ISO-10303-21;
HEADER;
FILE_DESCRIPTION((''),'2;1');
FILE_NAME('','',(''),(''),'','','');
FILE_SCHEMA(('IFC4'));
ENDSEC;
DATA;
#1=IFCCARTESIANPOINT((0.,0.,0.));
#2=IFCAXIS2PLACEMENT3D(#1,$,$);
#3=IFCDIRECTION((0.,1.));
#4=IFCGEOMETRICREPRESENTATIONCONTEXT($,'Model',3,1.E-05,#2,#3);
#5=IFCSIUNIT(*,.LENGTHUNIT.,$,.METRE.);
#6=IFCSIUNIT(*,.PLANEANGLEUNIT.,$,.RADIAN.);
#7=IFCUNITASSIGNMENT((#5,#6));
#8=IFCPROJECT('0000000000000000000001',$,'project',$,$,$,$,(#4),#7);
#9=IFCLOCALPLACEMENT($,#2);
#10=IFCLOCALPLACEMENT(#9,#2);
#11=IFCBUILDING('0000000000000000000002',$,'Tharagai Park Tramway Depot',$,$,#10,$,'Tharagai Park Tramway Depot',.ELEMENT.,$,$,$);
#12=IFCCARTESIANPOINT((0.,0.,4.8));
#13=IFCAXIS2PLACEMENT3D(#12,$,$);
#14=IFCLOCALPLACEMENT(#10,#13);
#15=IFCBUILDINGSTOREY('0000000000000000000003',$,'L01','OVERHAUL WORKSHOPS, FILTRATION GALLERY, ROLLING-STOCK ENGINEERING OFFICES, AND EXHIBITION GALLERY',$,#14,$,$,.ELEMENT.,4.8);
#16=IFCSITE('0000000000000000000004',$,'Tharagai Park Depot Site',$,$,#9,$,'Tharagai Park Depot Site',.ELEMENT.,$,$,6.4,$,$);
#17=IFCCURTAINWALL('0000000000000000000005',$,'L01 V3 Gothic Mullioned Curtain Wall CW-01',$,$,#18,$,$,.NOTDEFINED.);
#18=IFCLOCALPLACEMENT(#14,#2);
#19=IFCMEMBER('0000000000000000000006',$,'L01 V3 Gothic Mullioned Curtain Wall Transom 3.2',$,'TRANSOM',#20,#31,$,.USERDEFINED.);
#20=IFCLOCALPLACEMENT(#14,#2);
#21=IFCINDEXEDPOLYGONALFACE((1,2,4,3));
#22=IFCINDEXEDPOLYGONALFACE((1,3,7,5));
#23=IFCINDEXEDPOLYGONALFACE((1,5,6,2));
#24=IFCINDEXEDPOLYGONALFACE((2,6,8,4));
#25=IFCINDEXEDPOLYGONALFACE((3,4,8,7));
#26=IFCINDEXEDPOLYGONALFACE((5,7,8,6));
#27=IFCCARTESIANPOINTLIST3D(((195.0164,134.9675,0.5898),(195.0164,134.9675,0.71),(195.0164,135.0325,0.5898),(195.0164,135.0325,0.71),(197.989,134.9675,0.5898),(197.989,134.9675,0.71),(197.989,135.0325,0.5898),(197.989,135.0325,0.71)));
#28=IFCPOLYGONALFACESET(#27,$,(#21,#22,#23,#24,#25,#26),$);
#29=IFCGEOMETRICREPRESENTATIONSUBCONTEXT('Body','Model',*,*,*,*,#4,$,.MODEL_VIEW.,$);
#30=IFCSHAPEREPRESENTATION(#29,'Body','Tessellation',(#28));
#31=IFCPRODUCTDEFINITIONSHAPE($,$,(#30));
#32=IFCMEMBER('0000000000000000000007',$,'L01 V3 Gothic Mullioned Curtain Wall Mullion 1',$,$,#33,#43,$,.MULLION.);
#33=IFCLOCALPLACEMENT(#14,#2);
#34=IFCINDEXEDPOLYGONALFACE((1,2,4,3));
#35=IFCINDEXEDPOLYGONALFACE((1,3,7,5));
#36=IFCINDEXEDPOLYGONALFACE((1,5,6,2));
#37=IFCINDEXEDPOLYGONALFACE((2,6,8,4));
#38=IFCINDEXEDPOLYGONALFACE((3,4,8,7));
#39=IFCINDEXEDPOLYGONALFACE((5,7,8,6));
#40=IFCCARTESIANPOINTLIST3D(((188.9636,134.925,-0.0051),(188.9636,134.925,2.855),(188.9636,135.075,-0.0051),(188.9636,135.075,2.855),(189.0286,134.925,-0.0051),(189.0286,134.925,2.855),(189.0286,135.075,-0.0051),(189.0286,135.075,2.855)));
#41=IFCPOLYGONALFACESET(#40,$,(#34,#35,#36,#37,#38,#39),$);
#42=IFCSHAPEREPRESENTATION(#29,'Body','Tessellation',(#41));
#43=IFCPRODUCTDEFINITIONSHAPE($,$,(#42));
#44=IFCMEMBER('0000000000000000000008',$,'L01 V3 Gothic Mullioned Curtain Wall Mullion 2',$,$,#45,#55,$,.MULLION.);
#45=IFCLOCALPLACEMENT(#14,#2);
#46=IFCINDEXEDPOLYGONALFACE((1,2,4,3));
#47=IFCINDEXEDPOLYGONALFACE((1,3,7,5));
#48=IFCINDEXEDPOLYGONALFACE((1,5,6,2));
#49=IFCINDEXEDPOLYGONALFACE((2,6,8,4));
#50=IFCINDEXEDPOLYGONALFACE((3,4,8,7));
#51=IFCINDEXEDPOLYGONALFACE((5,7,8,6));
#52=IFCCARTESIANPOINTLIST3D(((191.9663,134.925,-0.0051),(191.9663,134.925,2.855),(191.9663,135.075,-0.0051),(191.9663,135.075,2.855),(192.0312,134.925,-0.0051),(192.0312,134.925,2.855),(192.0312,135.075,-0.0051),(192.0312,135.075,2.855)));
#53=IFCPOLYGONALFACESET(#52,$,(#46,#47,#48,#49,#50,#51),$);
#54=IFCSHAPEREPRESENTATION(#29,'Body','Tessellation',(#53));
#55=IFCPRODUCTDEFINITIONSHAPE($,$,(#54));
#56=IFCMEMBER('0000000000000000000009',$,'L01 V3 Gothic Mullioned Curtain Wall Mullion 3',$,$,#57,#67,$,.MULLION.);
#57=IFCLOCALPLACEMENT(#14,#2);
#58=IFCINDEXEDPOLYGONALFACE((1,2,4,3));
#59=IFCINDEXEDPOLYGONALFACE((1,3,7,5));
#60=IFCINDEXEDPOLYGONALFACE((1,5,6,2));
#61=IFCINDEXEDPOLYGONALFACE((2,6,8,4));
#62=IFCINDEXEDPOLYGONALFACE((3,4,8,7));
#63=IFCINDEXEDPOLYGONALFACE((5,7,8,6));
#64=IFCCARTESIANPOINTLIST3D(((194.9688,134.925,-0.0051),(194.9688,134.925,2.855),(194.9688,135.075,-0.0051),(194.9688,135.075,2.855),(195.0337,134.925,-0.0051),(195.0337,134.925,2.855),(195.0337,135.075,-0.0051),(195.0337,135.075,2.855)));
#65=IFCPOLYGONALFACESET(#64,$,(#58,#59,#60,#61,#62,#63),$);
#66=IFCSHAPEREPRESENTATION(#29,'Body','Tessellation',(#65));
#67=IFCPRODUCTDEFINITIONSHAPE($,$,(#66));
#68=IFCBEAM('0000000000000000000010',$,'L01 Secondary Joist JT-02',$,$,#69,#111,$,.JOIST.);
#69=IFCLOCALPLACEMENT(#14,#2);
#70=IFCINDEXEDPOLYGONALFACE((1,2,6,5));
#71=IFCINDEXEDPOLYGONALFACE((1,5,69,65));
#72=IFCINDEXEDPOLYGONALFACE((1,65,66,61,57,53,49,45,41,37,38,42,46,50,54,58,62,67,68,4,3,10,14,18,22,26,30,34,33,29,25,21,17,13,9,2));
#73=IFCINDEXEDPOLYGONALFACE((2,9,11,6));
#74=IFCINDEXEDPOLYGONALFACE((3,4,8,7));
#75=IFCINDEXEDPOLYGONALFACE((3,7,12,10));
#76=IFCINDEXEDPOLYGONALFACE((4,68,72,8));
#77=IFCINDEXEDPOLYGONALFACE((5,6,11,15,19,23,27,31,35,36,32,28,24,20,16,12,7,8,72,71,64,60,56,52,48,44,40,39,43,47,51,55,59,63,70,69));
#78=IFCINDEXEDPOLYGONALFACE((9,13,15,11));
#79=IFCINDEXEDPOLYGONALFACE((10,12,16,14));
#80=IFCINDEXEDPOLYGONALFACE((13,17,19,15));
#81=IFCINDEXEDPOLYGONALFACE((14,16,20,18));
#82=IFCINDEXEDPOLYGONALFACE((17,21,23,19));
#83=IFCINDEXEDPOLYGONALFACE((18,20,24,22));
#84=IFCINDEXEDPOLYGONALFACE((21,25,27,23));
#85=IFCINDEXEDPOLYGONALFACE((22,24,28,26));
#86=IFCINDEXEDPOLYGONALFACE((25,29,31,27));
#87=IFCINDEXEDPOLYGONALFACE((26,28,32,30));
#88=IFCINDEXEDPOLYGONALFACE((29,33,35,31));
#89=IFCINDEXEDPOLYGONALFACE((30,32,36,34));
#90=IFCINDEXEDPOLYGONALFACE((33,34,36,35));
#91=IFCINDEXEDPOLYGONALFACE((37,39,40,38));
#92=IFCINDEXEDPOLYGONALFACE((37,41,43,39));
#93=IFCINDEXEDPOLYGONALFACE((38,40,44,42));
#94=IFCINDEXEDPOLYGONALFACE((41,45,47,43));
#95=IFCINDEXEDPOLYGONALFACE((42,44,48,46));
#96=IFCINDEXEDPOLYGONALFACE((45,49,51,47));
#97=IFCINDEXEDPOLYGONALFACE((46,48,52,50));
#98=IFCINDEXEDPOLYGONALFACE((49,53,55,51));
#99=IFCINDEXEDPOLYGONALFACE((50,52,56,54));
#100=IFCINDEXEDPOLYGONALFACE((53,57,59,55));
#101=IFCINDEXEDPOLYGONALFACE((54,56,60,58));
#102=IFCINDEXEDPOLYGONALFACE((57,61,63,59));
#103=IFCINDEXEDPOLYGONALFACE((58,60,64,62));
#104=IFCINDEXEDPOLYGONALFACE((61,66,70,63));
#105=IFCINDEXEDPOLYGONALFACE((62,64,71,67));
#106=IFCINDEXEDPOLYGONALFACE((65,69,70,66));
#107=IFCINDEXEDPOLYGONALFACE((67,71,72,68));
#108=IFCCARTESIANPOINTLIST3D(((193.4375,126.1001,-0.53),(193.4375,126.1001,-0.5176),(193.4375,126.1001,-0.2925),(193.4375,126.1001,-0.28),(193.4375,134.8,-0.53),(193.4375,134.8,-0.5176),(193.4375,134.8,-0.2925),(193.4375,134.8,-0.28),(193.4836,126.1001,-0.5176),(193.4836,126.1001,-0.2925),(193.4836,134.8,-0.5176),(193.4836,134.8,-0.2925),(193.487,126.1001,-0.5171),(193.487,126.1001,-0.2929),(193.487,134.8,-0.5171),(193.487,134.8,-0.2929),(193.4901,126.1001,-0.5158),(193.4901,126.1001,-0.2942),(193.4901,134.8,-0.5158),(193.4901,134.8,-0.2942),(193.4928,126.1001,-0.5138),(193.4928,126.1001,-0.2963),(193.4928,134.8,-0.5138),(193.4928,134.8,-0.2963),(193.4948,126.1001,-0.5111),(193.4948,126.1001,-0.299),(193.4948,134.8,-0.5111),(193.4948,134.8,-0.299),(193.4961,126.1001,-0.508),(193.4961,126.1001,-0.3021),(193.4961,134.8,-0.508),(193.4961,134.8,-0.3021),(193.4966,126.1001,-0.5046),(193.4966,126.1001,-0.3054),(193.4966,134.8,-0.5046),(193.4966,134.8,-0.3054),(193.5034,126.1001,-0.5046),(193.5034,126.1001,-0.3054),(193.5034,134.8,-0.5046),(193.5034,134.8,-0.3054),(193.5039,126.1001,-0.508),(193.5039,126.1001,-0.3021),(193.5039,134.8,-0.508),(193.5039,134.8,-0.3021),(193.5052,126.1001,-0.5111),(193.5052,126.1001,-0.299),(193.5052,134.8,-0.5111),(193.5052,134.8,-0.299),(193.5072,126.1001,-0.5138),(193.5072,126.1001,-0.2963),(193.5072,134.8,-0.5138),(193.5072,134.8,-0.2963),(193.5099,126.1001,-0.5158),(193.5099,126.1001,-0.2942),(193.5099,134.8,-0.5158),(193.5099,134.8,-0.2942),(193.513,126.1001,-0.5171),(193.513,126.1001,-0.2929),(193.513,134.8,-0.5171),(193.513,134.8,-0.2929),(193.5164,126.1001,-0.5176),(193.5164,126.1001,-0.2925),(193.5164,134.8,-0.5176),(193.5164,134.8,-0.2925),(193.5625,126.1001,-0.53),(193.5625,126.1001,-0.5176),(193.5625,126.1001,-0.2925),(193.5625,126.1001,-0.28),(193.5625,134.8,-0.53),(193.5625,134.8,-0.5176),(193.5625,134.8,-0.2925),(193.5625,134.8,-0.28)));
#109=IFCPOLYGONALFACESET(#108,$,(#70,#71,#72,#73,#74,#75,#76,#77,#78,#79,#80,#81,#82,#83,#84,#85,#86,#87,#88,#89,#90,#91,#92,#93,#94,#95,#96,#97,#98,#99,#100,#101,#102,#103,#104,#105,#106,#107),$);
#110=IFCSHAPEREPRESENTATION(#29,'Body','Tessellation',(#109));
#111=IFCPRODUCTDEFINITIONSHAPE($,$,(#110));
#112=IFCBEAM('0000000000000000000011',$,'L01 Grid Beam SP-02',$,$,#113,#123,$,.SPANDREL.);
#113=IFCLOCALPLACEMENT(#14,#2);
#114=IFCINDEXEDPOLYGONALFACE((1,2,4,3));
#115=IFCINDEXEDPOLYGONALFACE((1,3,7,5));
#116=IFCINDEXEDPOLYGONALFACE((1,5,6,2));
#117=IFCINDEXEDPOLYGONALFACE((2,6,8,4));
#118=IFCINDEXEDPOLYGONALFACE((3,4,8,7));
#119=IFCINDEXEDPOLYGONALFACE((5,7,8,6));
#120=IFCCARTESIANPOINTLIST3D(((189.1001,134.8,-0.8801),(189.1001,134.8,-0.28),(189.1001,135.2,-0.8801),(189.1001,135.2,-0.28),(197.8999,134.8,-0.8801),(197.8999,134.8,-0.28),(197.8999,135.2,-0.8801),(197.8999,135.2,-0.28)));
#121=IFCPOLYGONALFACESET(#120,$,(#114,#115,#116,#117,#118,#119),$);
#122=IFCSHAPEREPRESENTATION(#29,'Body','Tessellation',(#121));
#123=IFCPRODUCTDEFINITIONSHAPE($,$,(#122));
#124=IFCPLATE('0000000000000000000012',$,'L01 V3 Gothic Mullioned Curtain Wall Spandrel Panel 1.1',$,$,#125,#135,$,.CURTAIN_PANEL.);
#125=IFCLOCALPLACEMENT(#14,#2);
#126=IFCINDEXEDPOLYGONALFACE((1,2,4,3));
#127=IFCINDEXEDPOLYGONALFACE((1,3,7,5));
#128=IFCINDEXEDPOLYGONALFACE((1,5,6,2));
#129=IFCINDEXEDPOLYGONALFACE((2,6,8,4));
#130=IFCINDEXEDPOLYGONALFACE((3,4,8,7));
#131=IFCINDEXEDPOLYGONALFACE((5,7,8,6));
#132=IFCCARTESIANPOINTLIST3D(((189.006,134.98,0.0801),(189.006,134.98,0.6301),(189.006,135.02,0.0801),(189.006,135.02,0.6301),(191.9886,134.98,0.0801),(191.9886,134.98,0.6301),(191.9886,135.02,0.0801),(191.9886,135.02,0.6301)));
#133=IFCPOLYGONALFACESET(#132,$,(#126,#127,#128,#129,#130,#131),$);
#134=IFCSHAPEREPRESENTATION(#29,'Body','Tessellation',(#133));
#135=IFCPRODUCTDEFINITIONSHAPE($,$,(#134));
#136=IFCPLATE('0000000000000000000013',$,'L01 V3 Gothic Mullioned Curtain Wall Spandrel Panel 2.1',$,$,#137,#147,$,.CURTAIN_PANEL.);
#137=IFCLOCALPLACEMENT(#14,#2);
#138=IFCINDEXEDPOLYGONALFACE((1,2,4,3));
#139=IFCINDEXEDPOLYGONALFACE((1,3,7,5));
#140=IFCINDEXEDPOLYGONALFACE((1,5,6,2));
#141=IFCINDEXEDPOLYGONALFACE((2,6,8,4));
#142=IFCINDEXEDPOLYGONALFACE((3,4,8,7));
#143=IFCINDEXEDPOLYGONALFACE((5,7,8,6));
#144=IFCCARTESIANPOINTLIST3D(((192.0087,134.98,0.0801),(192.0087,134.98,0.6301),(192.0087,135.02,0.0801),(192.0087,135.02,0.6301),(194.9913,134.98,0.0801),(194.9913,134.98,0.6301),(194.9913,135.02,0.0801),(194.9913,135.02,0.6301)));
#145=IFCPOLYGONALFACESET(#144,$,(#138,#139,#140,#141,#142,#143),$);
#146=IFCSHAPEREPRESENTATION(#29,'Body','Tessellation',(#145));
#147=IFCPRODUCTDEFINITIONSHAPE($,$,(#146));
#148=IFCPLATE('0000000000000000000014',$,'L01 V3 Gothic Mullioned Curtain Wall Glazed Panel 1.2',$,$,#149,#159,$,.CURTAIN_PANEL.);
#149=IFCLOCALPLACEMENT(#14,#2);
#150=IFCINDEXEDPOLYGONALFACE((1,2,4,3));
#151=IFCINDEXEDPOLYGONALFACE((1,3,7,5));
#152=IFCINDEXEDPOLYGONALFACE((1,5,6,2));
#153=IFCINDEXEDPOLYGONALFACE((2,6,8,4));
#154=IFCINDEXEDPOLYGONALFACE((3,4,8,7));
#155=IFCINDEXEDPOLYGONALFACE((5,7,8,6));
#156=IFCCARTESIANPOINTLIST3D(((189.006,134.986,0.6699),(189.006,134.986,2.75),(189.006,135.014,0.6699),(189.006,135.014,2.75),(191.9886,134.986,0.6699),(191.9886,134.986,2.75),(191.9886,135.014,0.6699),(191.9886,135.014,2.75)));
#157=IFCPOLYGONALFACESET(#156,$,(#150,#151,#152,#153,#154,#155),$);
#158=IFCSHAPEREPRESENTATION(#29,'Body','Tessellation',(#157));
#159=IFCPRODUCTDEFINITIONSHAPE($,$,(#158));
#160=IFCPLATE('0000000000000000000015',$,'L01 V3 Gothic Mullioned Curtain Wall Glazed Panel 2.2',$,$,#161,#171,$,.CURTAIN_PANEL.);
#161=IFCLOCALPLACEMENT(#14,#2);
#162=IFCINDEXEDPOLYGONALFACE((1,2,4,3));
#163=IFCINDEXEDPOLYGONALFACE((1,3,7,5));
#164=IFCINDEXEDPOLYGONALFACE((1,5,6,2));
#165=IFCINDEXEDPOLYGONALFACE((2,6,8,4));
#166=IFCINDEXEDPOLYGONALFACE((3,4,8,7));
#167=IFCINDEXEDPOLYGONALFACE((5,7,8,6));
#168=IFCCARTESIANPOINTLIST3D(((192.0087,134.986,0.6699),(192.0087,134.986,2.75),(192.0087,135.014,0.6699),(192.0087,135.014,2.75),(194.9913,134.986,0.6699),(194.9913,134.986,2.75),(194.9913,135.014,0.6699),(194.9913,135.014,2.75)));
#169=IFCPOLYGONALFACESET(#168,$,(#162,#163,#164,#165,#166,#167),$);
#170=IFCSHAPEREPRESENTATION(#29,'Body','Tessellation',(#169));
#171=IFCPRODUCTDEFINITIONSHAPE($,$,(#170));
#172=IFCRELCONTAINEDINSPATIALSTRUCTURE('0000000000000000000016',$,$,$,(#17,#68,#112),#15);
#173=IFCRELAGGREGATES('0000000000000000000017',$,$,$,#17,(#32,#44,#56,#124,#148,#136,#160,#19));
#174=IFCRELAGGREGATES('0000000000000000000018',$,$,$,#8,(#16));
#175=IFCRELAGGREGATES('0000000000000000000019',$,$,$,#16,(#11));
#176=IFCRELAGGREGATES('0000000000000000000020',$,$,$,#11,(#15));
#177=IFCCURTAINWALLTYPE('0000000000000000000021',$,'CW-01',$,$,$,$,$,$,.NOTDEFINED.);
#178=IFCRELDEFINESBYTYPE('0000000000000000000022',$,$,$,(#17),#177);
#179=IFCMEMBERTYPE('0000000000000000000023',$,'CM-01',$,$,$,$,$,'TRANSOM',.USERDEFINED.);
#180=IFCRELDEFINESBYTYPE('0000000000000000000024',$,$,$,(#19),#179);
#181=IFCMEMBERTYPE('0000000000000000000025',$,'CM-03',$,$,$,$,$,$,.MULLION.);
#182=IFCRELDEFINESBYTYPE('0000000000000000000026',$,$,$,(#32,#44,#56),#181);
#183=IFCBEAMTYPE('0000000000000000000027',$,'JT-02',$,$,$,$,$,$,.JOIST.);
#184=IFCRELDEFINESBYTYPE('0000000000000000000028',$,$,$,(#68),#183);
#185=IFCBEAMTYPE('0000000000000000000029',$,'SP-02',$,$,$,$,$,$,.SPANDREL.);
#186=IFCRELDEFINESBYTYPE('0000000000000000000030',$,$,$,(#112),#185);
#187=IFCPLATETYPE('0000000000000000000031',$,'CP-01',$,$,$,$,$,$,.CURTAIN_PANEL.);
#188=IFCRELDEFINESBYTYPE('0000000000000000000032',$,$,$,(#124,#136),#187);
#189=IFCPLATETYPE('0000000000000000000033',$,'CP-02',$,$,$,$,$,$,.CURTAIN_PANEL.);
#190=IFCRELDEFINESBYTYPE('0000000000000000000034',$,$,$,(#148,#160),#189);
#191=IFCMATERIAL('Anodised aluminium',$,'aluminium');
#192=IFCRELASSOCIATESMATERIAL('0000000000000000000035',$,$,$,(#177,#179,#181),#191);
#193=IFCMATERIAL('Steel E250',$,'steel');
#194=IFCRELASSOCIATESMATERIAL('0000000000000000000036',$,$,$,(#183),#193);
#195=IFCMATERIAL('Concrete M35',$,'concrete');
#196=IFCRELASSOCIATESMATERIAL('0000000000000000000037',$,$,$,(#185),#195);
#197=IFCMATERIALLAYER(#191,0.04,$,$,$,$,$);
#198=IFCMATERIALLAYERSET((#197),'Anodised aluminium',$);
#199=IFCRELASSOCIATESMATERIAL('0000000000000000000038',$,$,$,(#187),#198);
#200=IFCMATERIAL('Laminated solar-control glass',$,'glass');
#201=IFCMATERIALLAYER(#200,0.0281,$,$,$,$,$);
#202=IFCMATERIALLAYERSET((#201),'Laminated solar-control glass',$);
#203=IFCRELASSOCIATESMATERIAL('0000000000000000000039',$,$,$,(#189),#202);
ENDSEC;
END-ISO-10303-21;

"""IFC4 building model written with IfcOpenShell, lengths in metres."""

from ifc_helpers import new_model, si_unit, direction, frame, origin, origin_2d, place, context, subcontext, project, spatial, rectangle, i_section, extrude, material, layer, layer_set, material_profile, profile_set, type_object, element, aggregate, save


model = new_model("IFC4")

# Units and contexts
model_context = context("Model", 3, precision=1e-05, world=origin(), true_north=direction((0.0, 1.0)))
body_context = subcontext(model_context, "Body", "Model", "MODEL_VIEW")
ifc_project = project(units=[si_unit("LENGTHUNIT", "METRE"), si_unit("PLANEANGLEUNIT", "RADIAN")], contexts=[model_context])

# Site, building, storey
site_placement = place(None, origin())
site = spatial("IfcSite", under=ifc_project, at=site_placement, Name="Tharagai Park Depot Site", LongName="Tharagai Park Depot Site", CompositionType="ELEMENT", RefElevation=6.4)
building_placement = place(site_placement, origin())
building = spatial("IfcBuilding", under=site, at=building_placement, Name="Tharagai Park Tramway Depot", LongName="Tharagai Park Tramway Depot", CompositionType="ELEMENT")
storey_placement = place(building_placement, frame((0.0, 0.0, 4.8)))
storey = spatial("IfcBuildingStorey", under=building, at=storey_placement, Name="L01", Description="OVERHAUL WORKSHOPS, FILTRATION GALLERY, ROLLING-STOCK ENGINEERING OFFICES, AND EXHIBITION GALLERY", CompositionType="ELEMENT", Elevation=4.8)

# Curtain wall, members
ifc_material_1 = material(Name="Anodised aluminium", Category="aluminium")
curtain_wall_type = type_object("IfcCurtainWallType", Name="CW-01", PredefinedType="NOTDEFINED", material=ifc_material_1)
curtain_wall_placement = place(storey_placement, origin())
curtain_wall = element("IfcCurtainWall", 1, at=curtain_wall_placement, inside=storey, type_object=curtain_wall_type, Name="L01 V3 Gothic Mullioned Curtain Wall CW-01", PredefinedType="NOTDEFINED")
ifc_material_profile_1 = material_profile(ifc_material_1, rectangle(XDim=0.0649, YDim=0.1201, at=origin_2d()), Name="ALU 65x120")
ifc_profile_set_1 = profile_set([ifc_material_profile_1], Name="Anodised aluminium")
member_type_1 = type_object("IfcMemberType", Name="CM-01", ElementType="TRANSOM", PredefinedType="USERDEFINED", material=ifc_profile_set_1)
member_1_placement = place(storey_placement, frame((195.0164, 135.0, 0.6499), z_axis=(1.0, 0.0, 0.0), x_axis=(0.0, 1.0, 0.0)))
member_1 = element("IfcMember", 2, at=member_1_placement, type_object=member_type_1, Name="L01 V3 Gothic Mullioned Curtain Wall Transom 3.2", ObjectType="TRANSOM", PredefinedType="USERDEFINED", context=body_context, shape_type="SweptSolid", body=[
    extrude(rectangle(XDim=0.0649, YDim=0.1201, at=origin_2d()), origin(), (0.0, 0.0, 1.0), 2.9727),
])
ifc_material_profile_2 = material_profile(ifc_material_1, rectangle(XDim=0.0649, YDim=0.1499, at=origin_2d()), Name="ALU 65x150")
ifc_profile_set_2 = profile_set([ifc_material_profile_2], Name="Anodised aluminium")
member_type_2 = type_object("IfcMemberType", Name="CM-03", PredefinedType="MULLION", material=ifc_profile_set_2)
member_2_placement = place(storey_placement, frame((188.9961, 135.0, -0.0051), z_axis=(0.0, 0.0, 1.0), x_axis=(1.0, 0.0, 0.0)))
member_2 = element("IfcMember", 3, at=member_2_placement, type_object=member_type_2, Name="L01 V3 Gothic Mullioned Curtain Wall Mullion 1", PredefinedType="MULLION", context=body_context, shape_type="SweptSolid", body=[
    extrude(rectangle(XDim=0.0649, YDim=0.1499, at=origin_2d()), origin(), (0.0, 0.0, 1.0), 2.8601),
])
member_3_placement = place(storey_placement, frame((191.9988, 135.0, -0.0051), z_axis=(0.0, 0.0, 1.0), x_axis=(1.0, 0.0, 0.0)))
member_3 = element("IfcMember", 4, at=member_3_placement, type_object=member_type_2, Name="L01 V3 Gothic Mullioned Curtain Wall Mullion 2", PredefinedType="MULLION", context=body_context, shape_type="SweptSolid", body=[
    extrude(rectangle(XDim=0.0649, YDim=0.1499, at=origin_2d()), origin(), (0.0, 0.0, 1.0), 2.8601),
])
member_4_placement = place(storey_placement, frame((195.0012, 135.0, -0.0051), z_axis=(0.0, 0.0, 1.0), x_axis=(1.0, 0.0, 0.0)))
member_4 = element("IfcMember", 5, at=member_4_placement, type_object=member_type_2, Name="L01 V3 Gothic Mullioned Curtain Wall Mullion 3", PredefinedType="MULLION", context=body_context, shape_type="SweptSolid", body=[
    extrude(rectangle(XDim=0.0649, YDim=0.1499, at=origin_2d()), origin(), (0.0, 0.0, 1.0), 2.8601),
])

# Beams
ifc_material_2 = material(Name="Steel E250", Category="steel")
ifc_material_profile_3 = material_profile(ifc_material_2, i_section(OverallWidth=0.125, OverallDepth=0.25, WebThickness=0.0068, FlangeThickness=0.0125, FilletRadius=0.0129, at=origin_2d()), Name="ISMB 250")
ifc_profile_set_3 = profile_set([ifc_material_profile_3], Name="Steel E250")
beam_type_1 = type_object("IfcBeamType", Name="JT-02", PredefinedType="JOIST", material=ifc_profile_set_3)
beam_1_placement = place(storey_placement, frame((193.5, 126.1001, -0.405), z_axis=(0.0, 1.0, 0.0), x_axis=(-1.0, 0.0, 0.0)))
element("IfcBeam", 6, at=beam_1_placement, inside=storey, type_object=beam_type_1, Name="L01 Secondary Joist JT-02", PredefinedType="JOIST", context=body_context, shape_type="SweptSolid", body=[
    extrude(i_section(OverallWidth=0.125, OverallDepth=0.25, WebThickness=0.0068, FlangeThickness=0.0125, FilletRadius=0.0129, at=origin_2d()), origin(), (0.0, 0.0, 1.0), 8.7),
])
ifc_material_3 = material(Name="Concrete M35", Category="concrete")
ifc_material_profile_4 = material_profile(ifc_material_3, rectangle(XDim=0.3999, YDim=0.6001, at=origin_2d()), Name="RC 400x600")
ifc_profile_set_4 = profile_set([ifc_material_profile_4], Name="Concrete M35")
beam_type_2 = type_object("IfcBeamType", Name="SP-02", PredefinedType="SPANDREL", material=ifc_profile_set_4)
beam_2_placement = place(storey_placement, frame((189.1001, 135.0, -0.5801), z_axis=(1.0, 0.0, 0.0), x_axis=(0.0, 1.0, 0.0)))
element("IfcBeam", 7, at=beam_2_placement, inside=storey, type_object=beam_type_2, Name="L01 Grid Beam SP-02", PredefinedType="SPANDREL", context=body_context, shape_type="SweptSolid", body=[
    extrude(rectangle(XDim=0.3999, YDim=0.6001, at=origin_2d()), origin(), (0.0, 0.0, 1.0), 8.7998),
])

# Plates
ifc_layer_1 = layer(ifc_material_1, 0.04)
ifc_layer_set_1 = layer_set([ifc_layer_1], Name="Anodised aluminium")
plate_type_1 = type_object("IfcPlateType", Name="CP-01", PredefinedType="CURTAIN_PANEL", material=ifc_layer_set_1)
plate_1_placement = place(storey_placement, frame((190.4973, 135.0, 0.0801), z_axis=(0.0, 0.0, 1.0), x_axis=(1.0, 0.0, 0.0)))
plate_1 = element("IfcPlate", 8, at=plate_1_placement, type_object=plate_type_1, Name="L01 V3 Gothic Mullioned Curtain Wall Spandrel Panel 1.1", PredefinedType="CURTAIN_PANEL", context=body_context, shape_type="SweptSolid", body=[
    extrude(rectangle(XDim=2.9827, YDim=0.04, at=origin_2d()), origin(), (0.0, 0.0, 1.0), 0.55),
])
plate_2_placement = place(storey_placement, frame((193.5, 135.0, 0.0801), z_axis=(0.0, 0.0, 1.0), x_axis=(1.0, 0.0, 0.0)))
plate_2 = element("IfcPlate", 9, at=plate_2_placement, type_object=plate_type_1, Name="L01 V3 Gothic Mullioned Curtain Wall Spandrel Panel 2.1", PredefinedType="CURTAIN_PANEL", context=body_context, shape_type="SweptSolid", body=[
    extrude(rectangle(XDim=2.9827, YDim=0.04, at=origin_2d()), origin(), (0.0, 0.0, 1.0), 0.55),
])
ifc_material_4 = material(Name="Laminated solar-control glass", Category="glass")
ifc_layer_2 = layer(ifc_material_4, 0.0281)
ifc_layer_set_2 = layer_set([ifc_layer_2], Name="Laminated solar-control glass")
plate_type_2 = type_object("IfcPlateType", Name="CP-02", PredefinedType="CURTAIN_PANEL", material=ifc_layer_set_2)
plate_3_placement = place(storey_placement, frame((190.4973, 135.0, 0.6699), z_axis=(0.0, 0.0, 1.0), x_axis=(1.0, 0.0, 0.0)))
plate_3 = element("IfcPlate", 10, at=plate_3_placement, type_object=plate_type_2, Name="L01 V3 Gothic Mullioned Curtain Wall Glazed Panel 1.2", PredefinedType="CURTAIN_PANEL", context=body_context, shape_type="SweptSolid", body=[
    extrude(rectangle(XDim=2.9827, YDim=0.0281, at=origin_2d()), origin(), (0.0, 0.0, 1.0), 2.0801),
])
plate_4_placement = place(storey_placement, frame((193.5, 135.0, 0.6699), z_axis=(0.0, 0.0, 1.0), x_axis=(1.0, 0.0, 0.0)))
plate_4 = element("IfcPlate", 11, at=plate_4_placement, type_object=plate_type_2, Name="L01 V3 Gothic Mullioned Curtain Wall Glazed Panel 2.2", PredefinedType="CURTAIN_PANEL", context=body_context, shape_type="SweptSolid", body=[
    extrude(rectangle(XDim=2.9827, YDim=0.0281, at=origin_2d()), origin(), (0.0, 0.0, 1.0), 2.0801),
])
aggregate(curtain_wall, [member_2, member_3, member_4, plate_1, plate_3, plate_2, plate_4, member_1])

save(model, "model.ifc")
